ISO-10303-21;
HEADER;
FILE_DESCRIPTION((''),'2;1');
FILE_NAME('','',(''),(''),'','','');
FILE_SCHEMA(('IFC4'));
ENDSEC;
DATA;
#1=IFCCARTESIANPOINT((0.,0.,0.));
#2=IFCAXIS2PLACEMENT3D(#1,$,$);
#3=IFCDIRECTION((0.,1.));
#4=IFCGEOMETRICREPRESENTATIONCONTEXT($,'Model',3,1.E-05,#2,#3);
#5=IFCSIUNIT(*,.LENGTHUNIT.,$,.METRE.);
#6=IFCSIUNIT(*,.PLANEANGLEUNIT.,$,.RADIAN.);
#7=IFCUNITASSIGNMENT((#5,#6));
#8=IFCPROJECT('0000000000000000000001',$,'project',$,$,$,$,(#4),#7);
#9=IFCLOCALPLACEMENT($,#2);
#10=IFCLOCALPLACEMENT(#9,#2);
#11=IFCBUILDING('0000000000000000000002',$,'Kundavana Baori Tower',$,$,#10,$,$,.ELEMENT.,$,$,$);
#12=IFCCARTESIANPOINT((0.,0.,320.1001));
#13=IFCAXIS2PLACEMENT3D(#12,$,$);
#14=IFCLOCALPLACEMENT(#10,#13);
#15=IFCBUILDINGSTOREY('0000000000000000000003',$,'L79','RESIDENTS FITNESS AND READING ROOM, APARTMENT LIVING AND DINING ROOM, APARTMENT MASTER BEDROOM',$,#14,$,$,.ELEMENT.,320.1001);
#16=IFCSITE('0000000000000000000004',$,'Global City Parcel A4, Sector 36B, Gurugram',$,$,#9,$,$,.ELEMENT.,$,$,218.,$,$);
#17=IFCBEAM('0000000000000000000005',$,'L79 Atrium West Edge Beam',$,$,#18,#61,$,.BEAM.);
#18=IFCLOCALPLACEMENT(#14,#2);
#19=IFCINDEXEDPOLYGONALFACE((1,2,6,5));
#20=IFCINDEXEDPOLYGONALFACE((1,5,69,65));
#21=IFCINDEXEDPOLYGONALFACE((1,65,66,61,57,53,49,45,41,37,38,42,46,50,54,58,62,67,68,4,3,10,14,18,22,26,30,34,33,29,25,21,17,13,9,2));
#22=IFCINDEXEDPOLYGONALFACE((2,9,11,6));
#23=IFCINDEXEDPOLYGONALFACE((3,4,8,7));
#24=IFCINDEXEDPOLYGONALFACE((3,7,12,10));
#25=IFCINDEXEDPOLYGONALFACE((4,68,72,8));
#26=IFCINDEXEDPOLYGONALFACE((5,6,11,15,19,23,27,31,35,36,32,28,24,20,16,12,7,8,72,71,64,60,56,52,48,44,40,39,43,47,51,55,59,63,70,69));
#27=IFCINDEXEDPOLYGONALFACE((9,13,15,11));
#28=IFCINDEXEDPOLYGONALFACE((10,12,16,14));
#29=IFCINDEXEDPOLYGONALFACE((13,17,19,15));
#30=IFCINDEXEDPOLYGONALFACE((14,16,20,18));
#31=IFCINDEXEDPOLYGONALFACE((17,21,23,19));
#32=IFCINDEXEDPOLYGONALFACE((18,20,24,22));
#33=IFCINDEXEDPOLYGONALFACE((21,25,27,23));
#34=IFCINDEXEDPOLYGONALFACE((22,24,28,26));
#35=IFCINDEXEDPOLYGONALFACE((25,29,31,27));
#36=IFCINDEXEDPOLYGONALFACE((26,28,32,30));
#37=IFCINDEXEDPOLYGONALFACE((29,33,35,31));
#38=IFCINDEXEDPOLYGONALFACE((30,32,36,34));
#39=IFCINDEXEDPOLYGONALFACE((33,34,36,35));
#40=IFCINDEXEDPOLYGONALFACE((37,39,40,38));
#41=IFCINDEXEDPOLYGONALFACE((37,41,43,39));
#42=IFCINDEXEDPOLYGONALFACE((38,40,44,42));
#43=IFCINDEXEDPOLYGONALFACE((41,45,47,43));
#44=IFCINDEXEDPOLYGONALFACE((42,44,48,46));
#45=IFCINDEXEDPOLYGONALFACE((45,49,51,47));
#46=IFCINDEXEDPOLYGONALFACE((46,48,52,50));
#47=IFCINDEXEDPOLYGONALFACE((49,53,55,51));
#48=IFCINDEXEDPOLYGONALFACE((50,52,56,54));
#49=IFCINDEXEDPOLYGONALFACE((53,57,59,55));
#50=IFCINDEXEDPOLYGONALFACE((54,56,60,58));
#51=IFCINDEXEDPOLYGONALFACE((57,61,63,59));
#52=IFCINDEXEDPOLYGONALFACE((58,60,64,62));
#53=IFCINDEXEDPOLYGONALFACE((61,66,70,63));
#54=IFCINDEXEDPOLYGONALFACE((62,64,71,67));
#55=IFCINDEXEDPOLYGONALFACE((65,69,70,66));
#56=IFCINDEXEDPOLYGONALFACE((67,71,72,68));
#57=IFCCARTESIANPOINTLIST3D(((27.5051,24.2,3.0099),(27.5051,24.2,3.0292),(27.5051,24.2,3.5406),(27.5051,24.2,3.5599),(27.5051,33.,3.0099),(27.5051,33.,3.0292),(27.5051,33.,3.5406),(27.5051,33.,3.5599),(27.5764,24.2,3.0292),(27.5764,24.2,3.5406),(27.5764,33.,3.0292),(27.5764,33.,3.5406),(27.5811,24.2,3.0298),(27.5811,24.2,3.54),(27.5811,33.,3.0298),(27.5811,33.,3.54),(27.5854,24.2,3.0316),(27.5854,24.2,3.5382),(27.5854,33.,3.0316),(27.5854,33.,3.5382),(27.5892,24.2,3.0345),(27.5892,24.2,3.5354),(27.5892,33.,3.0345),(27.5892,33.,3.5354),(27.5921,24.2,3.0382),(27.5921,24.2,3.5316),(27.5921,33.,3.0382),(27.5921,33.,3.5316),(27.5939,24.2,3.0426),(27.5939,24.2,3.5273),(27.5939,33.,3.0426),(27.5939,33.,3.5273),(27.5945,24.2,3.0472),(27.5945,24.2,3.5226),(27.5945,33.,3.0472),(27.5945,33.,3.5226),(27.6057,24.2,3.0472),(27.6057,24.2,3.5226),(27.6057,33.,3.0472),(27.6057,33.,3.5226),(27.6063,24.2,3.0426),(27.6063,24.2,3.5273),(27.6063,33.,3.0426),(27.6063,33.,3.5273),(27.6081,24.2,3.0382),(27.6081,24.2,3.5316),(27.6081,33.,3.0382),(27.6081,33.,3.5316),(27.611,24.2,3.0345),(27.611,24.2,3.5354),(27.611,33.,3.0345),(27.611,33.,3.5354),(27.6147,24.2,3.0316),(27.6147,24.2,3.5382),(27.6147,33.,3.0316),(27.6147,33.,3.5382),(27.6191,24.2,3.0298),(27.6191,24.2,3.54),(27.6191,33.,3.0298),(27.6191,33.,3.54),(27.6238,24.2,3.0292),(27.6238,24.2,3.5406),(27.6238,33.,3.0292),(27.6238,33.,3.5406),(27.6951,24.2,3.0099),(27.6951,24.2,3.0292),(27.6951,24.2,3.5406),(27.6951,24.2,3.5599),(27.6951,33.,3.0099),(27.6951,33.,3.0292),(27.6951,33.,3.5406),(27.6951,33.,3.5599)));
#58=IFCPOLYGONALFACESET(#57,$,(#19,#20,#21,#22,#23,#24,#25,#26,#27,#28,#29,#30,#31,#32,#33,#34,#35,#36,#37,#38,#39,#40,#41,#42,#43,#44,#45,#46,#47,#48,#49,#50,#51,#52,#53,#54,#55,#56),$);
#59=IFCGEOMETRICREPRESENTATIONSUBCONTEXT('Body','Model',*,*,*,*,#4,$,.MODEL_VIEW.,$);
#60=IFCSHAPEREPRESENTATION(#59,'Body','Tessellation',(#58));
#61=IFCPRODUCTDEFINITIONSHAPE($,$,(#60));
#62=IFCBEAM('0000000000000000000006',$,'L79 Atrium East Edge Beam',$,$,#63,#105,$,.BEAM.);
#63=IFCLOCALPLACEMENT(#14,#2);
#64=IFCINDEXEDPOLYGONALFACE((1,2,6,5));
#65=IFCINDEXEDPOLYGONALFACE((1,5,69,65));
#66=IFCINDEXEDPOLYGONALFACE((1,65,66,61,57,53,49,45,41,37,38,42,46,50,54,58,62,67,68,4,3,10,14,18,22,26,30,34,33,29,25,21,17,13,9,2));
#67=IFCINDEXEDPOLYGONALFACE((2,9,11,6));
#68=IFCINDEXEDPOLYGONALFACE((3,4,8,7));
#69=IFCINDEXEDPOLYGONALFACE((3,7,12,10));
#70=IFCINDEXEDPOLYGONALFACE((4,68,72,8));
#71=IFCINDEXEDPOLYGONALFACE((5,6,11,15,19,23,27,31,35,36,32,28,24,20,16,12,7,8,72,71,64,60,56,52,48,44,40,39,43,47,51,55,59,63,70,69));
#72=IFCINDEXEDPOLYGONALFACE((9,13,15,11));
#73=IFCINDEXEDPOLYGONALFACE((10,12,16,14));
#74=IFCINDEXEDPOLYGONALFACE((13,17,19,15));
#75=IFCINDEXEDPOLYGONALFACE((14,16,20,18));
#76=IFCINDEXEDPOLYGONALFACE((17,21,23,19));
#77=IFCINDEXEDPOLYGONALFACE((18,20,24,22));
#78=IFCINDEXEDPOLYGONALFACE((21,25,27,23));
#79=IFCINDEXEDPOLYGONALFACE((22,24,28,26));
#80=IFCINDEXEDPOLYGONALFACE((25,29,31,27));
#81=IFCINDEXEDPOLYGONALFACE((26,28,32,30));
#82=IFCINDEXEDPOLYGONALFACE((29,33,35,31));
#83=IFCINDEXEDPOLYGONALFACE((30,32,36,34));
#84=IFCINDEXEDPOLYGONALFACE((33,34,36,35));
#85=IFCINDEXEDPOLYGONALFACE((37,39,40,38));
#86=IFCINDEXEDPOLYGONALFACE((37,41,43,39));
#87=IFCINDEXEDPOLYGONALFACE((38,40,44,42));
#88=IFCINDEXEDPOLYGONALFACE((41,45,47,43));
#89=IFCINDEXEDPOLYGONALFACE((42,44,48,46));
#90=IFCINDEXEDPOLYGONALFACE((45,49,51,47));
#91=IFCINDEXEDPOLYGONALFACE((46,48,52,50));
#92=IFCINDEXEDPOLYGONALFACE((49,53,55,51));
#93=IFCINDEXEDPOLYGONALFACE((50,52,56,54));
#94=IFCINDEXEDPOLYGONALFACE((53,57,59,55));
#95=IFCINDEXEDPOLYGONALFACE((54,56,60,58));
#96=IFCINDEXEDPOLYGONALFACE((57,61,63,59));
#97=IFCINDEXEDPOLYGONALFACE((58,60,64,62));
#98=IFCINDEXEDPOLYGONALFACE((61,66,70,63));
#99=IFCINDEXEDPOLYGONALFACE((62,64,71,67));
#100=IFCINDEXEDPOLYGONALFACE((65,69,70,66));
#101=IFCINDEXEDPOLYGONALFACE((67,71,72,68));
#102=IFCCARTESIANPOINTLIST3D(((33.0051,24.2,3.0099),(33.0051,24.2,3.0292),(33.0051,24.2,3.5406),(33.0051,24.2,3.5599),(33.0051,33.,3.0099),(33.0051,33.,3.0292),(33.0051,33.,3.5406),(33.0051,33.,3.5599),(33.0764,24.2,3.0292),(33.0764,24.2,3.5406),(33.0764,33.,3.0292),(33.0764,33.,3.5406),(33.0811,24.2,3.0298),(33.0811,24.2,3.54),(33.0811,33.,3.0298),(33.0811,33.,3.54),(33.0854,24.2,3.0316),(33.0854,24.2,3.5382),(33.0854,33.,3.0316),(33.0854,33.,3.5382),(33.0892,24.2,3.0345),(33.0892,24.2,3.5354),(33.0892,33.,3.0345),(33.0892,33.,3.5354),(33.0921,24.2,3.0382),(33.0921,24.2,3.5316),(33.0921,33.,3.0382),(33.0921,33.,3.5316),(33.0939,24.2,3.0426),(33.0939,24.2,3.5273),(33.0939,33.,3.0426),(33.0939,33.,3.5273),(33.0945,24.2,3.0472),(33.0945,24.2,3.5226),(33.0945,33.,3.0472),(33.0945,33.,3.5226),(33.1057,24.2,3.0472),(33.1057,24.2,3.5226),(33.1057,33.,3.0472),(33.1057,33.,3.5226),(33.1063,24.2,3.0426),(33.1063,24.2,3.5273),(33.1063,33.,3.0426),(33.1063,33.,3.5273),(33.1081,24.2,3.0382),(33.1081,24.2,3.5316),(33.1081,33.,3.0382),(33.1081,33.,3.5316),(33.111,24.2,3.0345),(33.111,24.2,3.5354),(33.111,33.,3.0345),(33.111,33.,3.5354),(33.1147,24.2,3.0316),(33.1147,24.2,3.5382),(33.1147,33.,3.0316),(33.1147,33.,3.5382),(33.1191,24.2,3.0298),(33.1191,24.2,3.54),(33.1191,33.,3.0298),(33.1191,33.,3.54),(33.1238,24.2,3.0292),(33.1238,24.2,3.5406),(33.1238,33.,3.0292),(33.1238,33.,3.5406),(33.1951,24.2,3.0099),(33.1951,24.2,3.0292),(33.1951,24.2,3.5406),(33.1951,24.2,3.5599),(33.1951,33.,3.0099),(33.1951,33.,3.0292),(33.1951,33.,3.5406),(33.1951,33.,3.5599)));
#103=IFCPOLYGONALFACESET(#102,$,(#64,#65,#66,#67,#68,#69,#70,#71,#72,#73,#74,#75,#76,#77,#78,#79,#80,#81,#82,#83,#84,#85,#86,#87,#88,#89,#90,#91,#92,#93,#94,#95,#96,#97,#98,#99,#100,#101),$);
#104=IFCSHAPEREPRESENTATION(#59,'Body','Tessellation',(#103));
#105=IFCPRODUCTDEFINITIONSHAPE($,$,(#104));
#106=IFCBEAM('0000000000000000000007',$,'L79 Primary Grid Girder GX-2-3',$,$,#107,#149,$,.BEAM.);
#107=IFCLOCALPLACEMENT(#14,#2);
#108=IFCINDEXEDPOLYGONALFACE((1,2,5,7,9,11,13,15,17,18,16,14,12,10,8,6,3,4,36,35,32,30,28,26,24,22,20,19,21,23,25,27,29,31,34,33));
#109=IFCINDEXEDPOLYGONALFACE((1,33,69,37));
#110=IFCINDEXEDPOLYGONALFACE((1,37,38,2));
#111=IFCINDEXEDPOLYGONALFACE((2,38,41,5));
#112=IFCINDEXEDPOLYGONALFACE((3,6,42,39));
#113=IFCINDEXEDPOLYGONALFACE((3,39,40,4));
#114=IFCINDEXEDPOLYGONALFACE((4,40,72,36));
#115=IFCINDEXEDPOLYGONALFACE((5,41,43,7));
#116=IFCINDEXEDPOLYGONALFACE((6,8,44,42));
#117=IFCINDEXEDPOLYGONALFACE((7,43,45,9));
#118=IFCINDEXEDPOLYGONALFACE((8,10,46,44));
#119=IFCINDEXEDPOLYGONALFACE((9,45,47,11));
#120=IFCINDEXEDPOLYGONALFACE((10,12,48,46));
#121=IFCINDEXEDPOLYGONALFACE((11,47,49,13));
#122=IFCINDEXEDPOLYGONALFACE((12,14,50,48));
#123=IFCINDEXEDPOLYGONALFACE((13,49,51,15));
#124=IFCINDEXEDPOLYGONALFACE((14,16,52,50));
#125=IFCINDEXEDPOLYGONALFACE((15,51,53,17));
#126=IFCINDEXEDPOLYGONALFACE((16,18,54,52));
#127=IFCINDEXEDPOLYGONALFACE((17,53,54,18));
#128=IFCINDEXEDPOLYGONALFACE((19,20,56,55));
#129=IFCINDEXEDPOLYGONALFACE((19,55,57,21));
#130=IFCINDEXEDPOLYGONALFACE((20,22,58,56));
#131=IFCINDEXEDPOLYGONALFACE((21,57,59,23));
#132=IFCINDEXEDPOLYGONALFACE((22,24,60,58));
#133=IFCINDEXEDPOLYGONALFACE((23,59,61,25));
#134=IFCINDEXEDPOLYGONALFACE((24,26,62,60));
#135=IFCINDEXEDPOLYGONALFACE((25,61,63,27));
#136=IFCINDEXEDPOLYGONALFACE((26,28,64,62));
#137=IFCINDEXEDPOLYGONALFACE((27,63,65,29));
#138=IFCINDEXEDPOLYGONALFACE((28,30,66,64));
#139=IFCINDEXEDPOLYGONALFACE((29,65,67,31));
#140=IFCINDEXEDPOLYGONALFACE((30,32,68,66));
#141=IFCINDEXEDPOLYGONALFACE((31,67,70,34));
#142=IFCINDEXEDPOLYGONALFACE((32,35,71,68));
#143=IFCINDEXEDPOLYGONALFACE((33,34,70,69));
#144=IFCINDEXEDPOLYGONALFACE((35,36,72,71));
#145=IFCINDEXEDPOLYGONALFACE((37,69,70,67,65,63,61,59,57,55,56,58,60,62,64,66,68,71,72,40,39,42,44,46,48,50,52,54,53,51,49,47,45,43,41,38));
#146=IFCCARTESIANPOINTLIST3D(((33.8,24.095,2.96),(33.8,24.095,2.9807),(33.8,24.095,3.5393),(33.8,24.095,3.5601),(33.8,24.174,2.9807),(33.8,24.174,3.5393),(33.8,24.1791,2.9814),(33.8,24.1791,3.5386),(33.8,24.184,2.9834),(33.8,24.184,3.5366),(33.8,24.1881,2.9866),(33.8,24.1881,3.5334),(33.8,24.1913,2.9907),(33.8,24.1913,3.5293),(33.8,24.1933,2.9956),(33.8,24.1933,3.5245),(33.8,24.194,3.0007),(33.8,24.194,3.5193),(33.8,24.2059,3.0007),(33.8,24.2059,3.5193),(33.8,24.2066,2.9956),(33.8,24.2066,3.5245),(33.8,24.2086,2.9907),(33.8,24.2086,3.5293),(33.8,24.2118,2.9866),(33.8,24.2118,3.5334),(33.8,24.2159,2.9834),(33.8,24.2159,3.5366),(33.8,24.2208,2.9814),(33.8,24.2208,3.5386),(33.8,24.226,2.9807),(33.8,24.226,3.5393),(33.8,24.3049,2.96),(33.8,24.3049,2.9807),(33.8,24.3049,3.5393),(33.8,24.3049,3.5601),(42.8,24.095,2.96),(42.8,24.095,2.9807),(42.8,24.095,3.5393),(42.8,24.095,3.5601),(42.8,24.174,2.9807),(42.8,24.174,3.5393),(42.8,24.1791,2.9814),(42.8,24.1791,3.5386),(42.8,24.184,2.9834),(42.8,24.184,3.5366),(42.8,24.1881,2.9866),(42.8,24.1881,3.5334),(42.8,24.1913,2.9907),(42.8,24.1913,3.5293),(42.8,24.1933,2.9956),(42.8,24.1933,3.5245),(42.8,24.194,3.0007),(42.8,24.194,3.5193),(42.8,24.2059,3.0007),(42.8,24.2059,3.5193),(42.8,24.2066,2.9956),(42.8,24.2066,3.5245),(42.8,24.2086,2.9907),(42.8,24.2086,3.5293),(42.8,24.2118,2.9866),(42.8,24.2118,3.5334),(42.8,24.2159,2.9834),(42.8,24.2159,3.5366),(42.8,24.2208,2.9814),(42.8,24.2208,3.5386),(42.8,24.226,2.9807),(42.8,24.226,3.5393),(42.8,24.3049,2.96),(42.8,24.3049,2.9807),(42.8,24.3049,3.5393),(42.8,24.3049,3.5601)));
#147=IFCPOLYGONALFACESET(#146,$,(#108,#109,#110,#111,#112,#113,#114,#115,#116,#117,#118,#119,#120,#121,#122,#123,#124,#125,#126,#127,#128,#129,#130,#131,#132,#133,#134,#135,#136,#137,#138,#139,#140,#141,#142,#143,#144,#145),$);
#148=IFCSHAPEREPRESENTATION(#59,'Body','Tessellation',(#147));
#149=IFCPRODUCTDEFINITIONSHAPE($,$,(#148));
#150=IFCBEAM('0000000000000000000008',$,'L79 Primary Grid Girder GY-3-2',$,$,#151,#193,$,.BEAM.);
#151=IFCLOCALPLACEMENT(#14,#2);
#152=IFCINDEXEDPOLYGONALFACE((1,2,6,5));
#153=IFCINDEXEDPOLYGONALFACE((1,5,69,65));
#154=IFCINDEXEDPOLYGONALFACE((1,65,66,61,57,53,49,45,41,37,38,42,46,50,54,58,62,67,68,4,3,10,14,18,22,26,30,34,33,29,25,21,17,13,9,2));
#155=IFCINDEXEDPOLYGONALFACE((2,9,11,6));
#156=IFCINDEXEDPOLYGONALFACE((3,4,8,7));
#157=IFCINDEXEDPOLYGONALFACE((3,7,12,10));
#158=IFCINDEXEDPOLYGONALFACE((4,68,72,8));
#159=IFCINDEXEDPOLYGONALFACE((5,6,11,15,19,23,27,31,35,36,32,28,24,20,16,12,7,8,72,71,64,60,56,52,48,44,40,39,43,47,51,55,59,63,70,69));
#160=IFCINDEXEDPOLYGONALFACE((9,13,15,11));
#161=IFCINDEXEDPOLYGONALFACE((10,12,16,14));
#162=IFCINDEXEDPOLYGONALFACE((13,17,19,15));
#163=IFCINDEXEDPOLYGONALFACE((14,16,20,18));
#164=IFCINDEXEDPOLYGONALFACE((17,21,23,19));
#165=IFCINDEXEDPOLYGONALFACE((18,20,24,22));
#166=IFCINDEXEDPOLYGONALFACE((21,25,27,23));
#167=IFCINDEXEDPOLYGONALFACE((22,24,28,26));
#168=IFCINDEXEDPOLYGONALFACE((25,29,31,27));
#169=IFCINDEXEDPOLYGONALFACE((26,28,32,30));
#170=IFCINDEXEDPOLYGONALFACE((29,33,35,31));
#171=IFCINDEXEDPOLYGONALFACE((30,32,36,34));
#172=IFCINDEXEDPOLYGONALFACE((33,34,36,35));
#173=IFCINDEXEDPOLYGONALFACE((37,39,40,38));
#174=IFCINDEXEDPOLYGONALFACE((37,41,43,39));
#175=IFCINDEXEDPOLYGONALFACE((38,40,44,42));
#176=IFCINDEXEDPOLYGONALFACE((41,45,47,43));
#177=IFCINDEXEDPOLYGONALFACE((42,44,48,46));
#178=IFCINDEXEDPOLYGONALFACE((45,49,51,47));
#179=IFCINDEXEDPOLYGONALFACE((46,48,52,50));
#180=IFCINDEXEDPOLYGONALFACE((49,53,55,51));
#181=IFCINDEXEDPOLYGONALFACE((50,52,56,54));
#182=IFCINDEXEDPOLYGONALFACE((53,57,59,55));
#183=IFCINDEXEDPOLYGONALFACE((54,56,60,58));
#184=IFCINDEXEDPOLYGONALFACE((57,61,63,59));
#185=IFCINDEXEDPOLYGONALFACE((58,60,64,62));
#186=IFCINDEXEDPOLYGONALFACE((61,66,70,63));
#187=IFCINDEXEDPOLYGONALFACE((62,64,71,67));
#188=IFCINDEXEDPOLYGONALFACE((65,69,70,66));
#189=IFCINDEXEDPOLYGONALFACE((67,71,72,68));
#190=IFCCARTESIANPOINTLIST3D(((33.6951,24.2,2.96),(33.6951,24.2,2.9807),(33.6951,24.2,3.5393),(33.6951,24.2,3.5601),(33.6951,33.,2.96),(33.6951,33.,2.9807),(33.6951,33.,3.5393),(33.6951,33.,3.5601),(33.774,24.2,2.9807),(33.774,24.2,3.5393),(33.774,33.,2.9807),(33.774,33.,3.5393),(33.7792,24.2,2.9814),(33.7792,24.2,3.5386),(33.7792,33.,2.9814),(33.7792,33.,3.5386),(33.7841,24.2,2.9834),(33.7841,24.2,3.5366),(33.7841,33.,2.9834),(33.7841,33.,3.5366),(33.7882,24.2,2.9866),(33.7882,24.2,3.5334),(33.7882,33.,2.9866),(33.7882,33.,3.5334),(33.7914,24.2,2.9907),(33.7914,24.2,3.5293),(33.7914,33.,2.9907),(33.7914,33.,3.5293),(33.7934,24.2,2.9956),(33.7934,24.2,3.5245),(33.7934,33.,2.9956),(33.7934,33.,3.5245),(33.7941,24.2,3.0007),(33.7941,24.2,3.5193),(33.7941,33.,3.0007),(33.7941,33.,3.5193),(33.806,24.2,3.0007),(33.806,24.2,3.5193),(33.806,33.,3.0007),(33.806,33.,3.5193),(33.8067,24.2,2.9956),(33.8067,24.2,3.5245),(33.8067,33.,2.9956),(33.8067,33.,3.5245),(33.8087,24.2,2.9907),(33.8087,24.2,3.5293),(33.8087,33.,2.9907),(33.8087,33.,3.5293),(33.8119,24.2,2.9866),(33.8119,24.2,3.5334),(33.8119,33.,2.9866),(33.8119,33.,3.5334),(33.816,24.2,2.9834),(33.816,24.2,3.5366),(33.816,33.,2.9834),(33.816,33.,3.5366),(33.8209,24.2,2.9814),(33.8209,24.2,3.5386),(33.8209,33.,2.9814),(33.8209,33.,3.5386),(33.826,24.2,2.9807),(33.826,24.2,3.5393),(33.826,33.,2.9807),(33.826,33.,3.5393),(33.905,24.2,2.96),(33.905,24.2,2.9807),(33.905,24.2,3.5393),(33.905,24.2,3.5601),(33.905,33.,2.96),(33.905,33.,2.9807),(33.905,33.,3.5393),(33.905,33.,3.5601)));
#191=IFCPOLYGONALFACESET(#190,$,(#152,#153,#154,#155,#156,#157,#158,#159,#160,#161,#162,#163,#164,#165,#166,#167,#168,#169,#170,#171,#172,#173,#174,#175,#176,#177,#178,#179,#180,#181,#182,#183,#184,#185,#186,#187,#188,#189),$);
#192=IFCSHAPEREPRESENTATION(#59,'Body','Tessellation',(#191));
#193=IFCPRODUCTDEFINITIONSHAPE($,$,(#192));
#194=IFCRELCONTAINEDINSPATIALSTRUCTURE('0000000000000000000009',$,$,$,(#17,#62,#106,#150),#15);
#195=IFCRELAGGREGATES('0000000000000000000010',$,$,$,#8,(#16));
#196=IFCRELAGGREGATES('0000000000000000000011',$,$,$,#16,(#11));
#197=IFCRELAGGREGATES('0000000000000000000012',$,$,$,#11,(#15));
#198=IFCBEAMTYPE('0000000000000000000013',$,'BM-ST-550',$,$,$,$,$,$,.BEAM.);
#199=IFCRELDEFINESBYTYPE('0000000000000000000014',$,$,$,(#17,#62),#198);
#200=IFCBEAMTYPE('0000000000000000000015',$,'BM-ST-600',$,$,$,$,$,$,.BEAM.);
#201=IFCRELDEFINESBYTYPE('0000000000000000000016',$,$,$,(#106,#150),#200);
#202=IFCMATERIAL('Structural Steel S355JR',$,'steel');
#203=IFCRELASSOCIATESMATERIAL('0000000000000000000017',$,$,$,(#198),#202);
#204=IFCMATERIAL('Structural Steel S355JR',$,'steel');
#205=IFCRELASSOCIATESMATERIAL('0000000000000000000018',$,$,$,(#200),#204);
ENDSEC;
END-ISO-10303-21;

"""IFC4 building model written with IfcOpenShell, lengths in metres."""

from ifc_helpers import new_model, si_unit, direction, frame, origin, origin_2d, place, context, subcontext, project, spatial, i_section, extrude, material, material_profile, profile_set, type_object, element, save


model = new_model("IFC4")

# Units and contexts
model_context = context("Model", 3, precision=1e-05, world=origin(), true_north=direction((0.0, 1.0)))
body_context = subcontext(model_context, "Body", "Model", "MODEL_VIEW")
ifc_project = project(units=[si_unit("LENGTHUNIT", "METRE"), si_unit("PLANEANGLEUNIT", "RADIAN")], contexts=[model_context])

# Site, building, storey
site_placement = place(None, origin())
site = spatial("IfcSite", under=ifc_project, at=site_placement, Name="Global City Parcel A4, Sector 36B, Gurugram", CompositionType="ELEMENT", RefElevation=218.0)
building_placement = place(site_placement, origin())
building = spatial("IfcBuilding", under=site, at=building_placement, Name="Kundavana Baori Tower", CompositionType="ELEMENT")
storey_placement = place(building_placement, frame((0.0, 0.0, 320.1001)))
storey = spatial("IfcBuildingStorey", under=building, at=storey_placement, Name="L79", Description="RESIDENTS FITNESS AND READING ROOM, APARTMENT LIVING AND DINING ROOM, APARTMENT MASTER BEDROOM", CompositionType="ELEMENT", Elevation=320.1001)

# Beams
ifc_material_1 = material(Name="Structural Steel S355JR", Category="steel")
ifc_material_profile_1 = material_profile(ifc_material_1, i_section(OverallWidth=0.1899, OverallDepth=0.55, WebThickness=0.0112, FlangeThickness=0.0193, FilletRadius=0.0181, at=origin_2d()), Name="ISMB 550")
ifc_profile_set_1 = profile_set([ifc_material_profile_1], Name="Structural Steel S355JR")
beam_type_1 = type_object("IfcBeamType", Name="BM-ST-550", PredefinedType="BEAM", material=ifc_profile_set_1)
for number, where, z_axis, x_axis, name in (
    (1, (27.6001, 24.2, 3.2849), (0.0, 1.0, 0.0), (-1.0, 0.0, 0.0), "L79 Atrium West Edge Beam"),
    (2, (33.1001, 24.2, 3.2849), (0.0, 1.0, 0.0), (-1.0, 0.0, 0.0), "L79 Atrium East Edge Beam"),
):
    element("IfcBeam", number, at=place(storey_placement, frame(where, z_axis=z_axis, x_axis=x_axis)), inside=storey, type_object=beam_type_1, Name=name, PredefinedType="BEAM", context=body_context, shape_type="SweptSolid", body=[
        extrude(i_section(OverallWidth=0.1899, OverallDepth=0.55, WebThickness=0.0112, FlangeThickness=0.0193, FilletRadius=0.0181, at=origin_2d()), origin(), (0.0, 0.0, 1.0), 8.8),
    ])
ifc_material_2 = material(Name="Structural Steel S355JR", Category="steel")
ifc_material_profile_2 = material_profile(ifc_material_2, i_section(OverallWidth=0.21, OverallDepth=0.6001, WebThickness=0.012, FlangeThickness=0.0208, FilletRadius=0.02, at=origin_2d()), Name="ISMB 600")
ifc_profile_set_2 = profile_set([ifc_material_profile_2], Name="Structural Steel S355JR")
beam_type_2 = type_object("IfcBeamType", Name="BM-ST-600", PredefinedType="BEAM", material=ifc_profile_set_2)
beam_1_placement = place(storey_placement, frame((33.8, 24.2, 3.26), z_axis=(1.0, 0.0, 0.0), x_axis=(0.0, 1.0, 0.0)))
element("IfcBeam", 3, at=beam_1_placement, inside=storey, type_object=beam_type_2, Name="L79 Primary Grid Girder GX-2-3", PredefinedType="BEAM", context=body_context, shape_type="SweptSolid", body=[
    extrude(i_section(OverallWidth=0.21, OverallDepth=0.6001, WebThickness=0.012, FlangeThickness=0.0208, FilletRadius=0.02, at=origin_2d()), origin(), (0.0, 0.0, 1.0), 9.0),
])
beam_2_placement = place(storey_placement, frame((33.8, 24.2, 3.26), z_axis=(0.0, 1.0, 0.0), x_axis=(-1.0, 0.0, 0.0)))
element("IfcBeam", 4, at=beam_2_placement, inside=storey, type_object=beam_type_2, Name="L79 Primary Grid Girder GY-3-2", PredefinedType="BEAM", context=body_context, shape_type="SweptSolid", body=[
    extrude(i_section(OverallWidth=0.21, OverallDepth=0.6001, WebThickness=0.012, FlangeThickness=0.0208, FilletRadius=0.02, at=origin_2d()), origin(), (0.0, 0.0, 1.0), 8.8),
])

save(model, "model.ifc")
